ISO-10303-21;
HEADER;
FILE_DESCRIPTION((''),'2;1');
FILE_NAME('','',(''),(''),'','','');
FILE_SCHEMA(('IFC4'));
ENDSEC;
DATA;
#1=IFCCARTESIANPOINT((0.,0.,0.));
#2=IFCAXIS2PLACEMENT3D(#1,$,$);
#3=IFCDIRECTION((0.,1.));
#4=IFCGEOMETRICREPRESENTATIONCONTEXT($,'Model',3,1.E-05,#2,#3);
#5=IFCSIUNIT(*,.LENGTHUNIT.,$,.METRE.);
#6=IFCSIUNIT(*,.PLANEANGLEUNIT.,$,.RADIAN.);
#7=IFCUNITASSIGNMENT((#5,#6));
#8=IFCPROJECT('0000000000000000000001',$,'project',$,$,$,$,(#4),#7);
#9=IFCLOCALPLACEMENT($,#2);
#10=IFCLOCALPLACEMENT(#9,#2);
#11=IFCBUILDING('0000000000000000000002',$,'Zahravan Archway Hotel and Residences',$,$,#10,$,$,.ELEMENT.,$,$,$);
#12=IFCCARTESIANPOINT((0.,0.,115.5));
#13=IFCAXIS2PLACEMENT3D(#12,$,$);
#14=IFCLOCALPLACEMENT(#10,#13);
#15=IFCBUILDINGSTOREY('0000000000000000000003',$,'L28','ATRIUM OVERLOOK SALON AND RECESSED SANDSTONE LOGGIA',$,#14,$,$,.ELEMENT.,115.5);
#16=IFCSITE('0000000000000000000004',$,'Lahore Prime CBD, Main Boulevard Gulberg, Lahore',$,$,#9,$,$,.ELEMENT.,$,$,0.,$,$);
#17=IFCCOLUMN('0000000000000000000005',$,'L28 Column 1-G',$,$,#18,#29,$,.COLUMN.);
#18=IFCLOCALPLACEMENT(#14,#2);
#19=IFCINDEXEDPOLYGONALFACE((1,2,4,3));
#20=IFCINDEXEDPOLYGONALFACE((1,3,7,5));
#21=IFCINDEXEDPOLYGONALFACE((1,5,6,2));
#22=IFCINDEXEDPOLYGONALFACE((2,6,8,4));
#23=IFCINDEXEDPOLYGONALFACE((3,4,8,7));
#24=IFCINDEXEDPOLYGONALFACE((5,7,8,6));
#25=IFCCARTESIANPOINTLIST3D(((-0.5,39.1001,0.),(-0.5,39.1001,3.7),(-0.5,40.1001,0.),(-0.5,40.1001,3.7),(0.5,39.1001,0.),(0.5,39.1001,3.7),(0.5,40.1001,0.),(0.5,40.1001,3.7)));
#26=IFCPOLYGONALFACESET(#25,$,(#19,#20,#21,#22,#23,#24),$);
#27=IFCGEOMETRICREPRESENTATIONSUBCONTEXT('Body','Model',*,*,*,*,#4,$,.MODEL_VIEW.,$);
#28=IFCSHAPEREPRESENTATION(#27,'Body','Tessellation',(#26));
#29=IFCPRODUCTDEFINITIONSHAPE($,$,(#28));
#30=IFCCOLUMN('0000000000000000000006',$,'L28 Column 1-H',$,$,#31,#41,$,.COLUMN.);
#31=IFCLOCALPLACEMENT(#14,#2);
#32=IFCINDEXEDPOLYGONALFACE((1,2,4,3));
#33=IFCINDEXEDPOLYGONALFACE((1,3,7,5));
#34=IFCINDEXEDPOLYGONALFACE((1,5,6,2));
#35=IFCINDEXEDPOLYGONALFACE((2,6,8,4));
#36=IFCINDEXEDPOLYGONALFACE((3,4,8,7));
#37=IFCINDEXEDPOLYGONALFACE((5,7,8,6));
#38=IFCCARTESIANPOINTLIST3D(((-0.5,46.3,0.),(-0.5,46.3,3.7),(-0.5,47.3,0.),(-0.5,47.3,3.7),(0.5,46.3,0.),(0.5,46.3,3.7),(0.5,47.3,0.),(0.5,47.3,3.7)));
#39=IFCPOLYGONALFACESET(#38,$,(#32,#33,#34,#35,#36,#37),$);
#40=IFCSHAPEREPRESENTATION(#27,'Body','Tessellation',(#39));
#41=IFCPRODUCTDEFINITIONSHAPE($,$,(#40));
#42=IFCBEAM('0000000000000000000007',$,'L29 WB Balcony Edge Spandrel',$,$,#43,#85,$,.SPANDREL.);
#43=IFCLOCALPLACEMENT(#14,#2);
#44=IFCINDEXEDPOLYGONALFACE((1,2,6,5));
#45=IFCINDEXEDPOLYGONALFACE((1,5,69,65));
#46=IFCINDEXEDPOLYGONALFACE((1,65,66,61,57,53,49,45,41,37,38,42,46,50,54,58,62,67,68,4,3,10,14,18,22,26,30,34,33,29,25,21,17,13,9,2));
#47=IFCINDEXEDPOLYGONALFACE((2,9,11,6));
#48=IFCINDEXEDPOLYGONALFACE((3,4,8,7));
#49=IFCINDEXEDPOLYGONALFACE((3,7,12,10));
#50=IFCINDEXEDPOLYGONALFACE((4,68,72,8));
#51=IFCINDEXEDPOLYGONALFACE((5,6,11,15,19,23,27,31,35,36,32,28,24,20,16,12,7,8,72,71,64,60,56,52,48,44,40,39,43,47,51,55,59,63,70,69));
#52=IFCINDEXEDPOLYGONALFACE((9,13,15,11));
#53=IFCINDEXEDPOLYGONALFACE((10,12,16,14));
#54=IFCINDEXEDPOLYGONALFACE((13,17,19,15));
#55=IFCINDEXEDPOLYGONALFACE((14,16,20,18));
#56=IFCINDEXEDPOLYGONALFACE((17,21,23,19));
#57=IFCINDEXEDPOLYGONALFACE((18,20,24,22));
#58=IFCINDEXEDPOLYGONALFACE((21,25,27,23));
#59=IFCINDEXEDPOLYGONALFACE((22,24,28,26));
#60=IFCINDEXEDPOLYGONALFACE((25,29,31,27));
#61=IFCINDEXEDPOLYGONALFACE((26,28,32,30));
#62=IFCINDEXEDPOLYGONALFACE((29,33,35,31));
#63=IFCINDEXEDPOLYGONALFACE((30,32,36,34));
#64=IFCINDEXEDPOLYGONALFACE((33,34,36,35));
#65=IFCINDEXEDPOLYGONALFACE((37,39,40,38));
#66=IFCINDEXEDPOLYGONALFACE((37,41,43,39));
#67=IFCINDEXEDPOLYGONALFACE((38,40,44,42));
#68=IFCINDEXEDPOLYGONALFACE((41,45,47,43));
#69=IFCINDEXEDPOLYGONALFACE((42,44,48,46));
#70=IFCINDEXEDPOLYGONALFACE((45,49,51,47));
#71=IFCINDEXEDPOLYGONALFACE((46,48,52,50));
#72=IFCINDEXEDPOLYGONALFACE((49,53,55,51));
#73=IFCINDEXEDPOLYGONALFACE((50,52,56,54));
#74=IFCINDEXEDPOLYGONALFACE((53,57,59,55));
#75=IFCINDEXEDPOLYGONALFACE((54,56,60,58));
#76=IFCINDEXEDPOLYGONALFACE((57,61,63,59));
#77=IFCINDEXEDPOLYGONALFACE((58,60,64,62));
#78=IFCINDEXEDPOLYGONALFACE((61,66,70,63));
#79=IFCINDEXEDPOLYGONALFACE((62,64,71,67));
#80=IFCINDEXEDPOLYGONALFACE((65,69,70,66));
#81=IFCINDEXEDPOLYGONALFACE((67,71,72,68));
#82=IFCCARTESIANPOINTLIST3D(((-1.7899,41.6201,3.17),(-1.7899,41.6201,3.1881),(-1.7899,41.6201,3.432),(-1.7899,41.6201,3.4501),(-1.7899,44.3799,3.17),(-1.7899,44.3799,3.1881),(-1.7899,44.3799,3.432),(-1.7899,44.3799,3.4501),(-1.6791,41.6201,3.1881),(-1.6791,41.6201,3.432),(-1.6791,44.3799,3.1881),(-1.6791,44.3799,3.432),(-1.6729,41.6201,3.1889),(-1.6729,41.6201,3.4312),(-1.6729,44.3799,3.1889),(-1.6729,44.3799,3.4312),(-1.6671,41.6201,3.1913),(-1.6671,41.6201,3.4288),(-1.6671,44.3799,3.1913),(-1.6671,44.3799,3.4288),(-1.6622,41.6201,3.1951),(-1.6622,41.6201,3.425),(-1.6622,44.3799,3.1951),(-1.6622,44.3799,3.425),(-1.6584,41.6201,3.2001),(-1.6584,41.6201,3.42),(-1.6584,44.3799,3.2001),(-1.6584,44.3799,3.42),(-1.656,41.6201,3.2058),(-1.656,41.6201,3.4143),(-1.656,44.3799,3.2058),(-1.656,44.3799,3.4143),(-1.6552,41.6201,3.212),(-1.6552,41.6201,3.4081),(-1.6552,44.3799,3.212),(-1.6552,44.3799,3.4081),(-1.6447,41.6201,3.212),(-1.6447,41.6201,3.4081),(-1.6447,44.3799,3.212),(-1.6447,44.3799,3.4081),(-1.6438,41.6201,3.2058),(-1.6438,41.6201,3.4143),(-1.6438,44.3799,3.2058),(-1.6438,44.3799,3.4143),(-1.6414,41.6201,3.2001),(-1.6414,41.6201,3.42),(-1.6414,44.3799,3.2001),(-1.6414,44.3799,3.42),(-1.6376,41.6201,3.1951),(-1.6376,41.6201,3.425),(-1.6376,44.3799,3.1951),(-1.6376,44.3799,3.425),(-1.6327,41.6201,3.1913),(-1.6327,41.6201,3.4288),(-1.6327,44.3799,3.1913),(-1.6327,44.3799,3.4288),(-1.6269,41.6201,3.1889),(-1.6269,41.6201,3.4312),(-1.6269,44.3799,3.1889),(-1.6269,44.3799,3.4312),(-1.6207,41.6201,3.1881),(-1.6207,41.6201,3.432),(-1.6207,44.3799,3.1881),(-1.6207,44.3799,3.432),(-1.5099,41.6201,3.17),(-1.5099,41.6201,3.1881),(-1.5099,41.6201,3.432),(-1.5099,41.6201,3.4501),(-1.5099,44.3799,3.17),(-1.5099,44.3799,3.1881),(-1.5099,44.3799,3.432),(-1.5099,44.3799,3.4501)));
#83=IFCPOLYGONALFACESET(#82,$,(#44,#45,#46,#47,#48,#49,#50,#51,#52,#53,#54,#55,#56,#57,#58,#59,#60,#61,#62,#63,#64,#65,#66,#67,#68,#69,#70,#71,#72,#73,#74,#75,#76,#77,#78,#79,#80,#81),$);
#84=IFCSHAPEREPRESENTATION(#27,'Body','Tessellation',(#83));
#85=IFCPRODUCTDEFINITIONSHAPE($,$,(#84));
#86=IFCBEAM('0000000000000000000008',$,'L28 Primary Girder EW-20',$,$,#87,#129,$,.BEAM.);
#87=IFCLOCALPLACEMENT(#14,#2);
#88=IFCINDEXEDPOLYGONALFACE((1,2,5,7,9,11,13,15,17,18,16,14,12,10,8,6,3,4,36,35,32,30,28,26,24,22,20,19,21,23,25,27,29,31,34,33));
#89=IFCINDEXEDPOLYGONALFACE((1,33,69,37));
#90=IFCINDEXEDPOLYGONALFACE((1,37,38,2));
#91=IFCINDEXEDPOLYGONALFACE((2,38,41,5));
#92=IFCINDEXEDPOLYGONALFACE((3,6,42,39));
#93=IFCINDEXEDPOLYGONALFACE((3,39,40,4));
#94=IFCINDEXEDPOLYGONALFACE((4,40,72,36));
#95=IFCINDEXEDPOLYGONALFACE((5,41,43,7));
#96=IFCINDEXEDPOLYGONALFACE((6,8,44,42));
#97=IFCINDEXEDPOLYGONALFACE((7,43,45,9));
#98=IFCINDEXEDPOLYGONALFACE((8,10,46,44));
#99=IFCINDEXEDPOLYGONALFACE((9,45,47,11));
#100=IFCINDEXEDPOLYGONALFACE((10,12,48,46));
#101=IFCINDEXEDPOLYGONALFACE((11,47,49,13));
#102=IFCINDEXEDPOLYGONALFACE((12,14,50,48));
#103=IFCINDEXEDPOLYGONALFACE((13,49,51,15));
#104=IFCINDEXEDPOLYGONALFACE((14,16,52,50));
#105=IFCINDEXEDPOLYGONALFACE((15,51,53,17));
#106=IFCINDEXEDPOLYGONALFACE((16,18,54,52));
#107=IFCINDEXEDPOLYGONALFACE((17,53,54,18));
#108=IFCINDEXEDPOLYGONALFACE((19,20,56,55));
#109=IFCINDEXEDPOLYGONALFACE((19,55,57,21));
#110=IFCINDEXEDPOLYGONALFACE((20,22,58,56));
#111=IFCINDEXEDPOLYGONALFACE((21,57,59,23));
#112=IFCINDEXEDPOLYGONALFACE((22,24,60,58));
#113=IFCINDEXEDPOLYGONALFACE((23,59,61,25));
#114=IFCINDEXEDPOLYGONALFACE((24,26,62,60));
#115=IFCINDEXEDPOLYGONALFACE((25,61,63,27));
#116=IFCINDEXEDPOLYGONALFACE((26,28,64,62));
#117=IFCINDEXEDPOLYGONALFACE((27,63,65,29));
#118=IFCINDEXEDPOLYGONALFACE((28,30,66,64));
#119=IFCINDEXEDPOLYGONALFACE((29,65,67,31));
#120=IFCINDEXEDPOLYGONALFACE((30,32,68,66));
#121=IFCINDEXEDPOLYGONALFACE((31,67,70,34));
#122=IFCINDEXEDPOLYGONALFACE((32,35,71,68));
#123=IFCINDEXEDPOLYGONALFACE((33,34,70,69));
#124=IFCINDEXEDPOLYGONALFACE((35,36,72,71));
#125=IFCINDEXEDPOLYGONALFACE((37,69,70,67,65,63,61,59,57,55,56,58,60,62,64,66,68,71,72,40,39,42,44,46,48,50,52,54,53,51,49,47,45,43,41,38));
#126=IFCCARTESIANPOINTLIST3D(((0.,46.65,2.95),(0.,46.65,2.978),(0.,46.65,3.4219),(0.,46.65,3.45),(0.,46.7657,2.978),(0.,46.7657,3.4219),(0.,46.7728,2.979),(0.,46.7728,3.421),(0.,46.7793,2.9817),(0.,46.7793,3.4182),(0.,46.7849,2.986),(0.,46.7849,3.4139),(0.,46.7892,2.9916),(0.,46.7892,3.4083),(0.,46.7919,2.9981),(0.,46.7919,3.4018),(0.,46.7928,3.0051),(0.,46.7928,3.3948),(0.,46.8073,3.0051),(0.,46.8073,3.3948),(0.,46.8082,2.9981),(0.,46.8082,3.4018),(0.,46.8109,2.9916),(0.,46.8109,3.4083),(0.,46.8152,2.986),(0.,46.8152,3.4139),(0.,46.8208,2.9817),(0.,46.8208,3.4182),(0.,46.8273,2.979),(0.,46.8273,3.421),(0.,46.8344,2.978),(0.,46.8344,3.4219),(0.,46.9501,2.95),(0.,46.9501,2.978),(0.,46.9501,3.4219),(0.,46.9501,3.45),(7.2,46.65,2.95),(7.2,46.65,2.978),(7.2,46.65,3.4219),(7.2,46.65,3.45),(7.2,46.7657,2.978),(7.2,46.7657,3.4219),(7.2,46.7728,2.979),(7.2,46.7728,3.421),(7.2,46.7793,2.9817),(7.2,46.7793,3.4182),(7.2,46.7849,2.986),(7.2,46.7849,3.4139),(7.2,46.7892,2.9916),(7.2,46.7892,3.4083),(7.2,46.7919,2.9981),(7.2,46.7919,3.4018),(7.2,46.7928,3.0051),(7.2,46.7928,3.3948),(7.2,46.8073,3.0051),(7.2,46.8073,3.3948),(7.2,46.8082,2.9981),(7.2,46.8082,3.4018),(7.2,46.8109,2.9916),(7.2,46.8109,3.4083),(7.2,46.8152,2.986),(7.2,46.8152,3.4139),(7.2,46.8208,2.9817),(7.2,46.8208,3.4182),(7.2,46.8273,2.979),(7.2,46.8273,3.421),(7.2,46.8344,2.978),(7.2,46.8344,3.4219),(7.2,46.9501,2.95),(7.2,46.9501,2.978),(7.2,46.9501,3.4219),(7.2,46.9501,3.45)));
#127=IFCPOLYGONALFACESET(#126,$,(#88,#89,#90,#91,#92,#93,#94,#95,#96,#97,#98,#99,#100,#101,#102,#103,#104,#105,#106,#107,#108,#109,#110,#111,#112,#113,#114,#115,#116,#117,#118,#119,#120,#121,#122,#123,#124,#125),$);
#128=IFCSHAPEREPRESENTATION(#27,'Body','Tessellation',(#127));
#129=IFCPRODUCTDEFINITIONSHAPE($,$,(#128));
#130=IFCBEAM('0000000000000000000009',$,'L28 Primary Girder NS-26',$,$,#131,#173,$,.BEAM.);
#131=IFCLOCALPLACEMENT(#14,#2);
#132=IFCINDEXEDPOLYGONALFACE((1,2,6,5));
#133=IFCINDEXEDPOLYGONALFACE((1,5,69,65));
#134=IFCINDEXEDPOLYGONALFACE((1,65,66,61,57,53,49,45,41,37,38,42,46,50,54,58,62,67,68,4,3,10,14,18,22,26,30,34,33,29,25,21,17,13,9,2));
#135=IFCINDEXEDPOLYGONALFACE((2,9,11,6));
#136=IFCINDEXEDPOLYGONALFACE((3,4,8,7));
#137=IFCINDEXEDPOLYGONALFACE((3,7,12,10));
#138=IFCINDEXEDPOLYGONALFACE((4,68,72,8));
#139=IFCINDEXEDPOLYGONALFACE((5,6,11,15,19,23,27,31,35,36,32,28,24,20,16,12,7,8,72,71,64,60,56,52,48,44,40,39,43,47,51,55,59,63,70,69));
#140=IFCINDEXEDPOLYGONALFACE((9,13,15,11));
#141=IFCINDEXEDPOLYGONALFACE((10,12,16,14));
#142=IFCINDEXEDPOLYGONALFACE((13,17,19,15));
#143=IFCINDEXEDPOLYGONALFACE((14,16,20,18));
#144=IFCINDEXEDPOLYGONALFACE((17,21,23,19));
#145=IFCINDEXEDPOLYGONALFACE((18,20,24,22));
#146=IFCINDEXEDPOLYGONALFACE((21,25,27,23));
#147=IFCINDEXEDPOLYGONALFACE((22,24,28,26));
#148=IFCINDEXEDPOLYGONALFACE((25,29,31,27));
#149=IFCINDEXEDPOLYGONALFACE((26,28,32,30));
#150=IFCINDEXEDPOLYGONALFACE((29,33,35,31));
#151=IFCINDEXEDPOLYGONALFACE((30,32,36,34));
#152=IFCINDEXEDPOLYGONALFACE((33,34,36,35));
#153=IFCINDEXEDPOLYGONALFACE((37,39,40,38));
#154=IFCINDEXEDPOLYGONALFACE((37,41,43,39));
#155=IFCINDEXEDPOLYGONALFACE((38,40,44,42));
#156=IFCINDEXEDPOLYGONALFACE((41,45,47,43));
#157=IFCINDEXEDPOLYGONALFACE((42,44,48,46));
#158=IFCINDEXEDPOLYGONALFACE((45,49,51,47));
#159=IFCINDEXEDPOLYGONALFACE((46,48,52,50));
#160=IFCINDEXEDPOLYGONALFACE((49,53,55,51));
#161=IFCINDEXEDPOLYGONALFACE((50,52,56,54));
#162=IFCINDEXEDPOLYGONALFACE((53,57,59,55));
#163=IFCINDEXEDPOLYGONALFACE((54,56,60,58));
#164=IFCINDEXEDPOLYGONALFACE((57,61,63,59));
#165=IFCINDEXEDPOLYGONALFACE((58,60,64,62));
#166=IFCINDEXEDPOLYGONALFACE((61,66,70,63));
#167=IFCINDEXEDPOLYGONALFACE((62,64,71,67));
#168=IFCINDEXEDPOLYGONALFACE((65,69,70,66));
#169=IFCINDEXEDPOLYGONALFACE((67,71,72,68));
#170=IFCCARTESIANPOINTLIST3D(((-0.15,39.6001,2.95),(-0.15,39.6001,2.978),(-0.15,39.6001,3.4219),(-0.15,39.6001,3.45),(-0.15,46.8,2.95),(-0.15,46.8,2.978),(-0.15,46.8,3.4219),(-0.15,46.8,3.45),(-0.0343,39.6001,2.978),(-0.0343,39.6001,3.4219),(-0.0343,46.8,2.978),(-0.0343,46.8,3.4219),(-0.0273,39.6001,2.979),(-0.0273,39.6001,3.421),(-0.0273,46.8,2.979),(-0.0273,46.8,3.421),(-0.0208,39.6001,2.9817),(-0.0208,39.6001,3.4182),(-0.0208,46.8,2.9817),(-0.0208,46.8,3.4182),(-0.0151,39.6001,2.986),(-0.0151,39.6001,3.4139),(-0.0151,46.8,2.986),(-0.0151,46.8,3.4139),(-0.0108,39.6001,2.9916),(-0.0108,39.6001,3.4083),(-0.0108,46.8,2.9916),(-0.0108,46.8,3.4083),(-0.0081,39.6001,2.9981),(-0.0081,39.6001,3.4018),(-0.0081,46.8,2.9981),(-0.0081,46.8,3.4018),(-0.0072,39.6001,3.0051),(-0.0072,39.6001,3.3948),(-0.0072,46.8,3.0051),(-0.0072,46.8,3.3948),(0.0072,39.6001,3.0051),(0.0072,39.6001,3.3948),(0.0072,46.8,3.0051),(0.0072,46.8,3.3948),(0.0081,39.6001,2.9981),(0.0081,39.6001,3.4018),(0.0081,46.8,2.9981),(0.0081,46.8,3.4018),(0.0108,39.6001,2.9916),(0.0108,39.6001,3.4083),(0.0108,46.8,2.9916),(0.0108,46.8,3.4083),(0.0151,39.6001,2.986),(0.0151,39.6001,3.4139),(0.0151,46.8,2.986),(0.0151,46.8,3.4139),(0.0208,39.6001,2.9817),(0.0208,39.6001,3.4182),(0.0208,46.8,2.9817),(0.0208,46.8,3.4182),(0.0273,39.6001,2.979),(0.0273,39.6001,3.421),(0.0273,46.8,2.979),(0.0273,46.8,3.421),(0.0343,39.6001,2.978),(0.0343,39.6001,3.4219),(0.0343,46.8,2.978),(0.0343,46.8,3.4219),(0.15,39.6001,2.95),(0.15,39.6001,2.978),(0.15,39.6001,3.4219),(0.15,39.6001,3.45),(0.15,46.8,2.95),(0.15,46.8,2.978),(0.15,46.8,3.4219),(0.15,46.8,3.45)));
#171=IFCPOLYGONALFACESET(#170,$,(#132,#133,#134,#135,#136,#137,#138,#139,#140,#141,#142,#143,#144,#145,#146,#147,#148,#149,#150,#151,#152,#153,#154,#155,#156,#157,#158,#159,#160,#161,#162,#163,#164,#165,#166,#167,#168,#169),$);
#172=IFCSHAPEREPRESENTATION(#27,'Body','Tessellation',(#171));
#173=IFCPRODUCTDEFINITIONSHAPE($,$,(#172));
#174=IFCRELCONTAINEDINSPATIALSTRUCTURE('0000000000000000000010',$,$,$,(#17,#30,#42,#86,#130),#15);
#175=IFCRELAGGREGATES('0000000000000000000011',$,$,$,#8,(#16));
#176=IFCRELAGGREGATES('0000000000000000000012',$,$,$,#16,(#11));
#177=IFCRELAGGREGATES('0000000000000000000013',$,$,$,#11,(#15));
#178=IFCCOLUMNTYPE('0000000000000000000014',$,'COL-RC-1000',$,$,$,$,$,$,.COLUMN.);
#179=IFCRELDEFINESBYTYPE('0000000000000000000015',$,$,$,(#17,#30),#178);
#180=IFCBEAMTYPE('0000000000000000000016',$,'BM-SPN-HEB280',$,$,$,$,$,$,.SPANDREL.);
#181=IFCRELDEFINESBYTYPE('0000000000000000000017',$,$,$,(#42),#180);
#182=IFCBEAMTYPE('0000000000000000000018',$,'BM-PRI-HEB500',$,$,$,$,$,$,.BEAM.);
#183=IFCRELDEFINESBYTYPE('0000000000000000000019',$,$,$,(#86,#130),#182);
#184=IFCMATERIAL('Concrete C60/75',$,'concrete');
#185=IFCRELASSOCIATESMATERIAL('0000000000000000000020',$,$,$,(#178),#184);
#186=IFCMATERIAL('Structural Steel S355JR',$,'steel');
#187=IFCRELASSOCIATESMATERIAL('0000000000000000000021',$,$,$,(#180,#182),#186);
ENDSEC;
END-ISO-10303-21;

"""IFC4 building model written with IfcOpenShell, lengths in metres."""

from ifc_helpers import new_model, si_unit, direction, frame, origin, origin_2d, place, context, subcontext, project, spatial, rectangle, i_section, extrude, source, transform, mapped, material, material_profile, profile_set, type_object, type_shapes, element, save


model = new_model("IFC4")

# Units and contexts
model_context = context("Model", 3, precision=1e-05, world=origin(), true_north=direction((0.0, 1.0)))
body_context = subcontext(model_context, "Body", "Model", "MODEL_VIEW")
ifc_project = project(units=[si_unit("LENGTHUNIT", "METRE"), si_unit("PLANEANGLEUNIT", "RADIAN")], contexts=[model_context])

# Site, building, storey
site_placement = place(None, origin())
site = spatial("IfcSite", under=ifc_project, at=site_placement, Name="Lahore Prime CBD, Main Boulevard Gulberg, Lahore", CompositionType="ELEMENT", RefElevation=0.0)
building_placement = place(site_placement, origin())
building = spatial("IfcBuilding", under=site, at=building_placement, Name="Zahravan Archway Hotel and Residences", CompositionType="ELEMENT")
storey_placement = place(building_placement, frame((0.0, 0.0, 115.5)))
storey = spatial("IfcBuildingStorey", under=building, at=storey_placement, Name="L28", Description="ATRIUM OVERLOOK SALON AND RECESSED SANDSTONE LOGGIA", CompositionType="ELEMENT", Elevation=115.5)

# Columns
ifc_material_1 = material(Name="Concrete C60/75", Category="concrete")
ifc_material_profile_1 = material_profile(ifc_material_1, rectangle(XDim=1.0, YDim=1.0, at=origin_2d()), Name="RC-COL-1000x1000", Category="concrete")
ifc_profile_set_1 = profile_set([ifc_material_profile_1], Name="Concrete C60/75")
column_type = type_object("IfcColumnType", Name="COL-RC-1000", PredefinedType="COLUMN", material=ifc_profile_set_1)
shared_shape_1 = source(origin(), body_context, "Body", "SweptSolid", [
    extrude(rectangle(XDim=1.0, YDim=1.0, at=origin_2d()), origin(), (0.0, 0.0, 1.0), 3.7),
])
type_shapes(column_type, [shared_shape_1])
for number, where, z_axis, x_axis, name in (
    (1, (0.0, 39.6001, 0.0), (0.0, 0.0, 1.0), (1.0, 0.0, 0.0), "L28 Column 1-G"),
    (2, (0.0, 46.8, 0.0), (0.0, 0.0, 1.0), (1.0, 0.0, 0.0), "L28 Column 1-H"),
):
    element("IfcColumn", number, at=place(storey_placement, frame(where, z_axis=z_axis, x_axis=x_axis)), inside=storey, type_object=column_type, Name=name, PredefinedType="COLUMN", context=body_context, shape_type="MappedRepresentation", body=[
        mapped(shared_shape_1, transform((0.0, 0.0, 0.0), scale=1.0)),
    ])

# Beams
ifc_material_2 = material(Name="Structural Steel S355JR", Category="steel")
ifc_material_profile_2 = material_profile(ifc_material_2, i_section(OverallWidth=0.28, OverallDepth=0.28, WebThickness=0.0105, FlangeThickness=0.0181, FilletRadius=0.0239, at=origin_2d()), Name="HEB 280", Category="steel")
ifc_profile_set_2 = profile_set([ifc_material_profile_2], Name="Structural Steel S355JR")
beam_type_1 = type_object("IfcBeamType", Name="BM-SPN-HEB280", PredefinedType="SPANDREL", material=ifc_profile_set_2)
shared_shape_2 = source(origin(), body_context, "Body", "SweptSolid", [
    extrude(i_section(OverallWidth=0.28, OverallDepth=0.28, WebThickness=0.0105, FlangeThickness=0.0181, FilletRadius=0.0239, at=origin_2d()), origin(), (0.0, 0.0, 1.0), 2.7598),
])
beam_placement = place(storey_placement, frame((-1.6499, 41.6201, 3.3101), z_axis=(0.0, 1.0, 0.0), x_axis=(-1.0, 0.0, 0.0)))
element("IfcBeam", 3, at=beam_placement, inside=storey, type_object=beam_type_1, Name="L29 WB Balcony Edge Spandrel", PredefinedType="SPANDREL", context=body_context, shape_type="MappedRepresentation", body=[
    mapped(shared_shape_2, transform((0.0, 0.0, 0.0), scale=1.0)),
])
ifc_material_profile_3 = material_profile(ifc_material_2, i_section(OverallWidth=0.3, OverallDepth=0.5, WebThickness=0.0144, FlangeThickness=0.0281, FilletRadius=0.0271, at=origin_2d()), Name="HEB 500", Category="steel")
ifc_profile_set_3 = profile_set([ifc_material_profile_3], Name="Structural Steel S355JR")
beam_type_2 = type_object("IfcBeamType", Name="BM-PRI-HEB500", PredefinedType="BEAM", material=ifc_profile_set_3)
shared_shape_3 = source(origin(), body_context, "Body", "SweptSolid", [
    extrude(i_section(OverallWidth=0.3, OverallDepth=0.5, WebThickness=0.0144, FlangeThickness=0.0281, FilletRadius=0.0271, at=origin_2d()), origin(), (0.0, 0.0, 1.0), 7.2),
])
for number, where, z_axis, x_axis, name in (
    (4, (0.0, 46.8, 3.2), (1.0, 0.0, 0.0), (0.0, 1.0, 0.0), "L28 Primary Girder EW-20"),
    (5, (0.0, 39.6001, 3.2), (0.0, 1.0, 0.0), (-1.0, 0.0, 0.0), "L28 Primary Girder NS-26"),
):
    element("IfcBeam", number, at=place(storey_placement, frame(where, z_axis=z_axis, x_axis=x_axis)), inside=storey, type_object=beam_type_2, Name=name, PredefinedType="BEAM", context=body_context, shape_type="MappedRepresentation", body=[
        mapped(shared_shape_3, transform((0.0, 0.0, 0.0), scale=1.0)),
    ])

save(model, "model.ifc")
